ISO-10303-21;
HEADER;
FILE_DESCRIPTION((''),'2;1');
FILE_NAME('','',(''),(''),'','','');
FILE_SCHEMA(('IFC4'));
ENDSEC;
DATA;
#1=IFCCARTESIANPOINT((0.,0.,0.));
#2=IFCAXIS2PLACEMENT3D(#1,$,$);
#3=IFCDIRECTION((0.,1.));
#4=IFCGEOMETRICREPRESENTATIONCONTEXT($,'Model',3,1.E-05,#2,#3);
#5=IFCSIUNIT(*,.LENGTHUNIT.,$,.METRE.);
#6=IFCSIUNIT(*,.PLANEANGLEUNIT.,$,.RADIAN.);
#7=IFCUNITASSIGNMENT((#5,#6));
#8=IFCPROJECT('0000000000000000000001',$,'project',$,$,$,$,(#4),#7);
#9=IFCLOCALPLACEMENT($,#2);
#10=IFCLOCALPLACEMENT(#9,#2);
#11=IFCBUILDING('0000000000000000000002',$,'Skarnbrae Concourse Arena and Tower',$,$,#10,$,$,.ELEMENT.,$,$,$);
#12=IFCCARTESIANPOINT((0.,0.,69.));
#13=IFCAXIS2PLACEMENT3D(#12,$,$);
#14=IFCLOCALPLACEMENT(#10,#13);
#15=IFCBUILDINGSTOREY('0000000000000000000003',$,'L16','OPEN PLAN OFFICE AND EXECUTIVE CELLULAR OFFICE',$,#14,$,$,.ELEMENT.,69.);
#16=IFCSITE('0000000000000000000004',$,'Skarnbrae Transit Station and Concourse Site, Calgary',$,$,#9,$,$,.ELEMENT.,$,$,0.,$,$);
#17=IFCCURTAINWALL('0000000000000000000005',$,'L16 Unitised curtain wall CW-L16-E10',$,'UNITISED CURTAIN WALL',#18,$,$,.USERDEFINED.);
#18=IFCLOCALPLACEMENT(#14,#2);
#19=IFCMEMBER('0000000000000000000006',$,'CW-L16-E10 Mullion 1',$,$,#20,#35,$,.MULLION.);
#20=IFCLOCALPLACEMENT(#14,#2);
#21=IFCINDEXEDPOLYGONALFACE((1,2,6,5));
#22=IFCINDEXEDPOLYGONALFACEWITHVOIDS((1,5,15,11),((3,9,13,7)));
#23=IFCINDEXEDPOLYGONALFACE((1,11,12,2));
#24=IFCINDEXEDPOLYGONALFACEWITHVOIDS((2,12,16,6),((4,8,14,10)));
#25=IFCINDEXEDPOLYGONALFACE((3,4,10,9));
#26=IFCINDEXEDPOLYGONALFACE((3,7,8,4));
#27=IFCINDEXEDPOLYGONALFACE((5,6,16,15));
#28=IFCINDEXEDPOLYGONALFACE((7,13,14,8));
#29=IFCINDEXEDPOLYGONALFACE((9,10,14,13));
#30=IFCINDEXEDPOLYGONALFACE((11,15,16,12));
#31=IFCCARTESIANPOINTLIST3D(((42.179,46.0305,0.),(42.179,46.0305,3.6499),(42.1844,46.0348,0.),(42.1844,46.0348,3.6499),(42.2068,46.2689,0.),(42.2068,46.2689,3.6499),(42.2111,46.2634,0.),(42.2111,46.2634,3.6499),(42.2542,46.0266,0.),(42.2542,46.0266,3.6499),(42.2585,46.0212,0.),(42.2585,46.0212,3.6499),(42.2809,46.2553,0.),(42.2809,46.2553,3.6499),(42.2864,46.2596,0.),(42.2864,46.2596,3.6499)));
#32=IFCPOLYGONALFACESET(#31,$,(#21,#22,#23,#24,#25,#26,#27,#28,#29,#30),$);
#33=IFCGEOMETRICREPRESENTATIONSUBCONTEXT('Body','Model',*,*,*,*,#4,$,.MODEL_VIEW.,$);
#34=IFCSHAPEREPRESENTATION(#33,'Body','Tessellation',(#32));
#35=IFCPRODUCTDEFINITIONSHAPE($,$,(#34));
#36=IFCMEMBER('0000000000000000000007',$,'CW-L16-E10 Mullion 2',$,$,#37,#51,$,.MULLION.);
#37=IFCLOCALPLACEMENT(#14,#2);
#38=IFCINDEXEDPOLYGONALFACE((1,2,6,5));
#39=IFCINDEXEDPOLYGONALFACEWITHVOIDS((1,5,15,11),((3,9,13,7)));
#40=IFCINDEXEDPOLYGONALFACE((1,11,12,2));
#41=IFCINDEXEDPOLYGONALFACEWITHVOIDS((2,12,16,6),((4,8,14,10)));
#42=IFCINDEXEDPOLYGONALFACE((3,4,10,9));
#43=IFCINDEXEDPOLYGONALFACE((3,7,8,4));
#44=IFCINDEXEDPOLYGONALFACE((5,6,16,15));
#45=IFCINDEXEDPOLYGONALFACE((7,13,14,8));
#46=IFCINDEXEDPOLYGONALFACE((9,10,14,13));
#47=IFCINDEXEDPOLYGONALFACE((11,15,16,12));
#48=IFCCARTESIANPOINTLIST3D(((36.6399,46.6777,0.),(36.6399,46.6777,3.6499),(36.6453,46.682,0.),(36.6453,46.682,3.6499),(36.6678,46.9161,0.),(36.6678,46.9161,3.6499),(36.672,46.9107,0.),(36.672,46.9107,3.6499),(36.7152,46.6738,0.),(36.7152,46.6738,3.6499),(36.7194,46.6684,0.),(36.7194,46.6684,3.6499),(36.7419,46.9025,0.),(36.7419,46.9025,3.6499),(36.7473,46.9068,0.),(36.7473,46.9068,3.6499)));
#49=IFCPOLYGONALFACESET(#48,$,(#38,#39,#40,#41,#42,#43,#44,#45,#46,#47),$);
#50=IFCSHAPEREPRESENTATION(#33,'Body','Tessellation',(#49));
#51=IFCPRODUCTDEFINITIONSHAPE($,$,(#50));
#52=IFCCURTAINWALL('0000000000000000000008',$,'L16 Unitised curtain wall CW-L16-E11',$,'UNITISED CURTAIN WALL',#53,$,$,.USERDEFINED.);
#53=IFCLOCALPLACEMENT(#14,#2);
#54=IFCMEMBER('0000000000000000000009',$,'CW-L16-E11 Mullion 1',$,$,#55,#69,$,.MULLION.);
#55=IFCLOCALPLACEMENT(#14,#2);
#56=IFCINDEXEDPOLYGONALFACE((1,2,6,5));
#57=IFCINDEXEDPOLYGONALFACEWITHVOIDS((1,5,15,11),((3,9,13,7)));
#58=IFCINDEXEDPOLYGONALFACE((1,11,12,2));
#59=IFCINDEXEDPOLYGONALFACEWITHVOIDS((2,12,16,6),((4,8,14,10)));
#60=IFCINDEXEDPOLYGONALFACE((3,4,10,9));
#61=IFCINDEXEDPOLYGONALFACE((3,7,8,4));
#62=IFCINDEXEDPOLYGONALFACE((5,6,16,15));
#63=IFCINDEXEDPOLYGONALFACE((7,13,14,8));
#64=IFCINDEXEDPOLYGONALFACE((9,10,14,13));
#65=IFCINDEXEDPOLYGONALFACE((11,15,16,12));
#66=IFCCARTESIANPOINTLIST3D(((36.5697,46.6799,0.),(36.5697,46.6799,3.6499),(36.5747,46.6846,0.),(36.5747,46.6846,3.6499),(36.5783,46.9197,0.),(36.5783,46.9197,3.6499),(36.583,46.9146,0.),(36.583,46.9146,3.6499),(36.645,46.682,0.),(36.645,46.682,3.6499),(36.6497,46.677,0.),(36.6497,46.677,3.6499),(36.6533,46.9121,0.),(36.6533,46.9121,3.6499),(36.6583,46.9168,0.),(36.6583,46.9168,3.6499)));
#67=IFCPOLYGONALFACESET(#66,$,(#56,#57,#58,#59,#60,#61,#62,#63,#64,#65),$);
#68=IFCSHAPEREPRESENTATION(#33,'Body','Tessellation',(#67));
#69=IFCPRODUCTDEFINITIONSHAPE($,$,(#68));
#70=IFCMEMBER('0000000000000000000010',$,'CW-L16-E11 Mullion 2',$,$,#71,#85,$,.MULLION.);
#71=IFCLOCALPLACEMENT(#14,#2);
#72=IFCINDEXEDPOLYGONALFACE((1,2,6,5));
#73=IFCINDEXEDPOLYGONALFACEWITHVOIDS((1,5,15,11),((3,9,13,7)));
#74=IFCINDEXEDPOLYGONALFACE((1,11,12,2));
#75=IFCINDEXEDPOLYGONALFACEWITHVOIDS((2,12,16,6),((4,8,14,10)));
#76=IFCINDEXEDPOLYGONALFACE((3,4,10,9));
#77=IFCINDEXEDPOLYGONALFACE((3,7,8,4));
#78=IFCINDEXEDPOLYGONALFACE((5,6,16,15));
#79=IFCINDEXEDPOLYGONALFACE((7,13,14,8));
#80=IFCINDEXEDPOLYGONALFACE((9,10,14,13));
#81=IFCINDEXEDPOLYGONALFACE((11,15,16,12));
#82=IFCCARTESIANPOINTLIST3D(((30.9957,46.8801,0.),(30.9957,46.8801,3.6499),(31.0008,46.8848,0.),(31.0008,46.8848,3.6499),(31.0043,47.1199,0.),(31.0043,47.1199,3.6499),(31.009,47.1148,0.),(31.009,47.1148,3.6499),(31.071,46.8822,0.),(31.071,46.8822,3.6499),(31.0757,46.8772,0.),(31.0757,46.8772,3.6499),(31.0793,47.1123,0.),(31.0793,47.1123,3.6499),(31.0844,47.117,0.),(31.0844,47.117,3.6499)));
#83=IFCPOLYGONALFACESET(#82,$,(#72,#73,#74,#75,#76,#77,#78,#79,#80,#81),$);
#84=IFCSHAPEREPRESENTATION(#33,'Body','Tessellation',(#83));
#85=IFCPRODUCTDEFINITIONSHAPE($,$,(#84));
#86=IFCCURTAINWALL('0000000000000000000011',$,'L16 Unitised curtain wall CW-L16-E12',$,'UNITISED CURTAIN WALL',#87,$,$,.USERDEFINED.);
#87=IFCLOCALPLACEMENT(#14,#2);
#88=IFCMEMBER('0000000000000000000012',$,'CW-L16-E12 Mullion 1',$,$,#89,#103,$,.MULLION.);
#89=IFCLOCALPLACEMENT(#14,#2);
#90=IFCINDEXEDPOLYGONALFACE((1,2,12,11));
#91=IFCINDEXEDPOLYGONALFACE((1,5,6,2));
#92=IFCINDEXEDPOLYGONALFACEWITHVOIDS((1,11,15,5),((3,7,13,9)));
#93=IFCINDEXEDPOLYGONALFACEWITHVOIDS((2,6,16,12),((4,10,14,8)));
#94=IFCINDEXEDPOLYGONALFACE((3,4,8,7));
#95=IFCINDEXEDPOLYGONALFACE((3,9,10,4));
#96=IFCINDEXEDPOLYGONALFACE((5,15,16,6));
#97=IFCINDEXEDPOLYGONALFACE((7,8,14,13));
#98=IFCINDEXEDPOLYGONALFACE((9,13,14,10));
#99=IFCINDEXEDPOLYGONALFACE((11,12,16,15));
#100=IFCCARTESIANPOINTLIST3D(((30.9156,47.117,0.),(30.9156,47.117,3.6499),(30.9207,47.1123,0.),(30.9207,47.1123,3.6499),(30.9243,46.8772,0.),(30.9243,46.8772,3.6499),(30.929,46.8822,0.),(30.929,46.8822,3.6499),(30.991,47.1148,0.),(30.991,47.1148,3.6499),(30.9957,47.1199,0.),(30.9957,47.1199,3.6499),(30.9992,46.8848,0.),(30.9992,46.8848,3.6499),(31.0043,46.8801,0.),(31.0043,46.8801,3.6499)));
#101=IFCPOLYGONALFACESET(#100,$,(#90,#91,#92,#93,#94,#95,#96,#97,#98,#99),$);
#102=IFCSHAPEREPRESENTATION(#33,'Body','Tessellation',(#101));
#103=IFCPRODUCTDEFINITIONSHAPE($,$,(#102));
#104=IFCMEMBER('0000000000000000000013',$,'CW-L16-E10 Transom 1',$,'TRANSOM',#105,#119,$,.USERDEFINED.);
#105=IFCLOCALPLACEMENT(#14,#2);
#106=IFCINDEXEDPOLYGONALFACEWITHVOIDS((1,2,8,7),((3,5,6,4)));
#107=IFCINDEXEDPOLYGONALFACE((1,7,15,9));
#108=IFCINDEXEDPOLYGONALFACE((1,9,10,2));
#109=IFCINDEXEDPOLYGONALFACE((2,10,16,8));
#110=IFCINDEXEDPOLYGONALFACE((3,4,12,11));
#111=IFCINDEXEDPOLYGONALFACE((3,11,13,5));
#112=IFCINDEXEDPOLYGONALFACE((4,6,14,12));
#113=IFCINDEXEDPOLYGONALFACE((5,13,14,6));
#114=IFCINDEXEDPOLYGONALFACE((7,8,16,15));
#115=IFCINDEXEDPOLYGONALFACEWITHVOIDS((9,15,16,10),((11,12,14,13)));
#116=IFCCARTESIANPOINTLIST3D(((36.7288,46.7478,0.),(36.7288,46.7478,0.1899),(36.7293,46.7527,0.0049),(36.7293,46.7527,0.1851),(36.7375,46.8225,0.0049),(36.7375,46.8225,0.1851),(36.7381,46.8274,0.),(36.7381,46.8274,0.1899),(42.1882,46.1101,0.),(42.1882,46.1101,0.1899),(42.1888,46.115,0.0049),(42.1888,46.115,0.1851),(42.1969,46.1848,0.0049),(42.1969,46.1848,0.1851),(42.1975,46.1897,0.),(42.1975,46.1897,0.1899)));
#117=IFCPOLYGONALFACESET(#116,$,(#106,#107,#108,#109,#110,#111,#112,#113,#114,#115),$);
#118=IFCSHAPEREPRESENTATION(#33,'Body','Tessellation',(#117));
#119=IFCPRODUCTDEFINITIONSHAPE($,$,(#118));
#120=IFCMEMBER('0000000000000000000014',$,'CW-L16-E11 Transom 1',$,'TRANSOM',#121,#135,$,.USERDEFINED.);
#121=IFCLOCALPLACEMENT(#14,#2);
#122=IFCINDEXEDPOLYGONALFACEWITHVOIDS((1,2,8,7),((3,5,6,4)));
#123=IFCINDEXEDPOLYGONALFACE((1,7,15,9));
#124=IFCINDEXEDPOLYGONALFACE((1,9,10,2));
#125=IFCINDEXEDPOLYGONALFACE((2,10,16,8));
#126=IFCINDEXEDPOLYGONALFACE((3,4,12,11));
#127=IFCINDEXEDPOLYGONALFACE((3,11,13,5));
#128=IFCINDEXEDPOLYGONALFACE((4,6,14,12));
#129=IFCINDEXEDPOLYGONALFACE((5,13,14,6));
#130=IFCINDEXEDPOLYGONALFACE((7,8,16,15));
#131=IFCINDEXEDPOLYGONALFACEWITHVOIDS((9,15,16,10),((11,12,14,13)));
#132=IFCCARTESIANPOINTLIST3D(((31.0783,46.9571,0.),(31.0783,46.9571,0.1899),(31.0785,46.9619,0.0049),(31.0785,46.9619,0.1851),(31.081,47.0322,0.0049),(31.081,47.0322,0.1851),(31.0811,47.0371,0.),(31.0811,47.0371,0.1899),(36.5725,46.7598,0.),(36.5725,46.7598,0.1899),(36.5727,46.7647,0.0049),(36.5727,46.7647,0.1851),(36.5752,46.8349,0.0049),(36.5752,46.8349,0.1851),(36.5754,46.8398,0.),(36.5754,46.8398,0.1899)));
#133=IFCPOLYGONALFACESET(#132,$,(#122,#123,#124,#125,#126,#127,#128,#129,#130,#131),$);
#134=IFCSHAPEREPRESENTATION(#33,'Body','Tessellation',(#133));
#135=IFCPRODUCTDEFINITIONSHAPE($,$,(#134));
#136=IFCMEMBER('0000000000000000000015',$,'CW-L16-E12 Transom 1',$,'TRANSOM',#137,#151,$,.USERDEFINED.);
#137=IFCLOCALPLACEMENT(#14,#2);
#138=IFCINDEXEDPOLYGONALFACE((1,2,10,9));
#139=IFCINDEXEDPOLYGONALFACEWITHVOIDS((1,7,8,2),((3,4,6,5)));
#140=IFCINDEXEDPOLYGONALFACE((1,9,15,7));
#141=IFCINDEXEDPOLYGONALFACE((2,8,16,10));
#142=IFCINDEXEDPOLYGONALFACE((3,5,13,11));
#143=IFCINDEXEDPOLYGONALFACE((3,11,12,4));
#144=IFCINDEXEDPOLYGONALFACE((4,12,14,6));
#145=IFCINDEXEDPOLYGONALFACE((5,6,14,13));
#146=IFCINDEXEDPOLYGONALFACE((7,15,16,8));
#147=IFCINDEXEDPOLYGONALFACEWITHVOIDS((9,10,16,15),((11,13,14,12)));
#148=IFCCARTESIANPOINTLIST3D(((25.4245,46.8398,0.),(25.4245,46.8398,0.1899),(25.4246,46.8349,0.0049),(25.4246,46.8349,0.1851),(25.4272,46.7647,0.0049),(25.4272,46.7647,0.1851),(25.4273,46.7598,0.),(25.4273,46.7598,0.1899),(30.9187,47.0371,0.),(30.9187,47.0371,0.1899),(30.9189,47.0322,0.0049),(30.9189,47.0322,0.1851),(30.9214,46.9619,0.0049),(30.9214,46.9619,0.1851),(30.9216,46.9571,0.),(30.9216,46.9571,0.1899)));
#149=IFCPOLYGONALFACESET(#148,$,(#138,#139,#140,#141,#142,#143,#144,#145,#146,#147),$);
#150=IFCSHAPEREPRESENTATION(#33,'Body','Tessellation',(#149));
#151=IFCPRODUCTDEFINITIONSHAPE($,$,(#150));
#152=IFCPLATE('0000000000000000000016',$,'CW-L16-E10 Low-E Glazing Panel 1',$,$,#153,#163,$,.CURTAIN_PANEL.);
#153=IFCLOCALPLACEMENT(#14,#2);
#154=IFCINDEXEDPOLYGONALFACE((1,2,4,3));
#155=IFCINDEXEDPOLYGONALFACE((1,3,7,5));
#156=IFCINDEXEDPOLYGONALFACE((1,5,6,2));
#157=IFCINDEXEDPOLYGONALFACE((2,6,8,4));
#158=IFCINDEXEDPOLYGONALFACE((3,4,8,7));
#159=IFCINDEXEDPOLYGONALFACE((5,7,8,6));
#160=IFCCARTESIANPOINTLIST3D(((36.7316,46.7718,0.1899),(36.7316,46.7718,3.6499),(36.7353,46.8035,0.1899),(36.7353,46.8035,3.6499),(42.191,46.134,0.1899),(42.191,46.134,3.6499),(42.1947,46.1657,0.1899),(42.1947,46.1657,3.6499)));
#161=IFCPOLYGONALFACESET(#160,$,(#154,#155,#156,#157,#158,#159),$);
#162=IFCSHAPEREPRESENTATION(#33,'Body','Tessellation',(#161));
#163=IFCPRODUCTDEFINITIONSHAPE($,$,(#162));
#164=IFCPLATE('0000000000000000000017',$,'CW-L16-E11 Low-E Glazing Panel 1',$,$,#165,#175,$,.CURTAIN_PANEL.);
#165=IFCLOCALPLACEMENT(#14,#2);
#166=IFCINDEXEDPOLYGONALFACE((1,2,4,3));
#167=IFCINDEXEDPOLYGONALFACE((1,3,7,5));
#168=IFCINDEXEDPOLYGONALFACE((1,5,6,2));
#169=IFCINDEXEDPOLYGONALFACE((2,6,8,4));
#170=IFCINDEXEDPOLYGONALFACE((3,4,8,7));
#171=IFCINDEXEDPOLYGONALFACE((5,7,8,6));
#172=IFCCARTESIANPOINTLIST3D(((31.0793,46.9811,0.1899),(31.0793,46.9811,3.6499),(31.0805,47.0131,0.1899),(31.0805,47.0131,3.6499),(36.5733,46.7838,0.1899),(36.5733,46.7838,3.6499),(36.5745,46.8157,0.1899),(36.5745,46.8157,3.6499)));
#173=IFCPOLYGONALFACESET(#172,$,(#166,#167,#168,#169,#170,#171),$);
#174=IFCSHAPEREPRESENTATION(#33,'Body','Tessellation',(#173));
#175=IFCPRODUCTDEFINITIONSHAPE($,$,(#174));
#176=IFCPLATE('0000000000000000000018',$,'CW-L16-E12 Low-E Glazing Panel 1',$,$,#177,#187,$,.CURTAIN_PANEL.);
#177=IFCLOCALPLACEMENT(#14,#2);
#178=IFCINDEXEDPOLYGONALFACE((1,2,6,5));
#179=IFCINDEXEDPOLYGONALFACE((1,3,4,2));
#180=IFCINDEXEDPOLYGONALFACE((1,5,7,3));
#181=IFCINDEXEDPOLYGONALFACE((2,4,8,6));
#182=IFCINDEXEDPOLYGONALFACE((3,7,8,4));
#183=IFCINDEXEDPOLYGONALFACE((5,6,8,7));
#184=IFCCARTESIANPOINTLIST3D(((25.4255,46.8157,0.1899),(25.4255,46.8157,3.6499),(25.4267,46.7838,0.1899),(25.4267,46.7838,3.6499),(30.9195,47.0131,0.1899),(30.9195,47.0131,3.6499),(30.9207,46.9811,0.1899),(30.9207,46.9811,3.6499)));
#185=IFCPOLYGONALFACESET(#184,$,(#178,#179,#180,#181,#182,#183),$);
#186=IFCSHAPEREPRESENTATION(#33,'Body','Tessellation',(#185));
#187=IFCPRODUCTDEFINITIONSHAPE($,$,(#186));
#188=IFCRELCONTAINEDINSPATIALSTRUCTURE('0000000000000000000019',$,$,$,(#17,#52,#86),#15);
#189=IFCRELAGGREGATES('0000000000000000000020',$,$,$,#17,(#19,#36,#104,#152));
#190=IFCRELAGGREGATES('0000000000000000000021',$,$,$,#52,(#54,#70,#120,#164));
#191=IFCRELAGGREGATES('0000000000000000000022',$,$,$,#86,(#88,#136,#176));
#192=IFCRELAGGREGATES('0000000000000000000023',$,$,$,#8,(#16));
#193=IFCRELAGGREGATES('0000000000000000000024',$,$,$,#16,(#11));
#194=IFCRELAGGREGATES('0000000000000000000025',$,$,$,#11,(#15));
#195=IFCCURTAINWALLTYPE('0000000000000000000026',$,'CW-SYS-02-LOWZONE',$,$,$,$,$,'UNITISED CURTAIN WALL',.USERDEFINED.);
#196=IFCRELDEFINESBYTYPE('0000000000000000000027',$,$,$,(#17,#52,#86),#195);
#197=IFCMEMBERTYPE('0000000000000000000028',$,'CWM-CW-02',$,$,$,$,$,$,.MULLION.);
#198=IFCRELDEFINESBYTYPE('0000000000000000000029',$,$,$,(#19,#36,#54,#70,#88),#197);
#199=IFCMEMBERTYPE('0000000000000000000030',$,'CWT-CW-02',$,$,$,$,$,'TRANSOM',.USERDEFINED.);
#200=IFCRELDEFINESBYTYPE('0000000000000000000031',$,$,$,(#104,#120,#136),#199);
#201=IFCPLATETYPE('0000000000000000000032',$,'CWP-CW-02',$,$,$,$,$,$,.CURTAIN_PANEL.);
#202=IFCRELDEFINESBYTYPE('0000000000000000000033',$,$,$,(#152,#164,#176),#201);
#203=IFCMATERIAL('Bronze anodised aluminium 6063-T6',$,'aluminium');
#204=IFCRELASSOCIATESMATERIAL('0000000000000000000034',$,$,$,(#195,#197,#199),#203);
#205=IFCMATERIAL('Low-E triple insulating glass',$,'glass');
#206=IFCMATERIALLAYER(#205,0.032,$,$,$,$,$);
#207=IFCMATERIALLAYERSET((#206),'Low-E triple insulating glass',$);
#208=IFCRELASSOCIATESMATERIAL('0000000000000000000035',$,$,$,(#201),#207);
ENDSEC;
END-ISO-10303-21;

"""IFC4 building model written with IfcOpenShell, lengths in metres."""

from ifc_helpers import new_model, si_unit, direction, frame, origin, origin_2d, place, context, subcontext, project, spatial, rectangle, hollow_rectangle, extrude, source, transform, mapped, material, layer, layer_set, material_profile, profile_set, type_object, element, aggregate, save


model = new_model("IFC4")

# Units and contexts
model_context = context("Model", 3, precision=1e-05, world=origin(), true_north=direction((0.0, 1.0)))
body_context = subcontext(model_context, "Body", "Model", "MODEL_VIEW")
ifc_project = project(units=[si_unit("LENGTHUNIT", "METRE"), si_unit("PLANEANGLEUNIT", "RADIAN")], contexts=[model_context])

# Site, building, storey
site_placement = place(None, origin())
site = spatial("IfcSite", under=ifc_project, at=site_placement, Name="Skarnbrae Transit Station and Concourse Site, Calgary", CompositionType="ELEMENT", RefElevation=0.0)
building_placement = place(site_placement, origin())
building = spatial("IfcBuilding", under=site, at=building_placement, Name="Skarnbrae Concourse Arena and Tower", CompositionType="ELEMENT")
storey_placement = place(building_placement, frame((0.0, 0.0, 69.0)))
storey = spatial("IfcBuildingStorey", under=building, at=storey_placement, Name="L16", Description="OPEN PLAN OFFICE AND EXECUTIVE CELLULAR OFFICE", CompositionType="ELEMENT", Elevation=69.0)

# Shared definitions
ifc_material_1 = material(Name="Bronze anodised aluminium 6063-T6", Category="aluminium")
curtain_wall_type = type_object("IfcCurtainWallType", Name="CW-SYS-02-LOWZONE", ElementType="UNITISED CURTAIN WALL", PredefinedType="USERDEFINED", material=ifc_material_1)
ifc_material_profile_1 = material_profile(ifc_material_1, hollow_rectangle(XDim=0.0801, YDim=0.24, WallThickness=0.0049, at=origin_2d()), Name="ALU-MULL-80X240")
ifc_profile_set_1 = profile_set([ifc_material_profile_1], Name="Bronze anodised aluminium 6063-T6")
member_type_1 = type_object("IfcMemberType", Name="CWM-CW-02", PredefinedType="MULLION", material=ifc_profile_set_1)
shared_shape_1 = source(origin(), body_context, "Body", "SweptSolid", [
    extrude(hollow_rectangle(XDim=0.0801, YDim=0.24, WallThickness=0.0049, at=origin_2d()), origin(), (0.0, 0.0, 1.0), 3.6499),
])

# Curtain walls, members
curtain_wall_1_placement = place(storey_placement, origin())
curtain_wall_1 = element("IfcCurtainWall", 1, at=curtain_wall_1_placement, inside=storey, type_object=curtain_wall_type, Name="L16 Unitised curtain wall CW-L16-E10", ObjectType="UNITISED CURTAIN WALL", PredefinedType="USERDEFINED")
member_1_placement = place(storey_placement, frame((42.2327, 46.145, 0.0), z_axis=(0.0, 0.0, 1.0), x_axis=(-0.993245, 0.11604, 0.0)))
member_1 = element("IfcMember", 2, at=member_1_placement, type_object=member_type_1, Name="CW-L16-E10 Mullion 1", PredefinedType="MULLION", context=body_context, shape_type="MappedRepresentation", body=[
    mapped(shared_shape_1, transform((0.0, 0.0, 0.0))),
])
member_2_placement = place(storey_placement, frame((36.6936, 46.7922, 0.0), z_axis=(0.0, 0.0, 1.0), x_axis=(-0.993245, 0.11604, 0.0)))
member_2 = element("IfcMember", 3, at=member_2_placement, type_object=member_type_1, Name="CW-L16-E10 Mullion 2", PredefinedType="MULLION", context=body_context, shape_type="MappedRepresentation", body=[
    mapped(shared_shape_1, transform((0.0, 0.0, 0.0))),
])
curtain_wall_2_placement = place(storey_placement, origin())
curtain_wall_2 = element("IfcCurtainWall", 4, at=curtain_wall_2_placement, inside=storey, type_object=curtain_wall_type, Name="L16 Unitised curtain wall CW-L16-E11", ObjectType="UNITISED CURTAIN WALL", PredefinedType="USERDEFINED")
member_3_placement = place(storey_placement, frame((36.614, 46.7983, 0.0), z_axis=(0.0, 0.0, 1.0), x_axis=(-0.999355, 0.035899, 0.0)))
member_3 = element("IfcMember", 5, at=member_3_placement, type_object=member_type_1, Name="CW-L16-E11 Mullion 1", PredefinedType="MULLION", context=body_context, shape_type="MappedRepresentation", body=[
    mapped(shared_shape_1, transform((0.0, 0.0, 0.0))),
])
member_4_placement = place(storey_placement, frame((31.04, 46.9985, 0.0), z_axis=(0.0, 0.0, 1.0), x_axis=(-0.999355, 0.035899, 0.0)))
member_4 = element("IfcMember", 6, at=member_4_placement, type_object=member_type_1, Name="CW-L16-E11 Mullion 2", PredefinedType="MULLION", context=body_context, shape_type="MappedRepresentation", body=[
    mapped(shared_shape_1, transform((0.0, 0.0, 0.0))),
])

# Curtain wall, member
curtain_wall_3_placement = place(storey_placement, origin())
curtain_wall_3 = element("IfcCurtainWall", 7, at=curtain_wall_3_placement, inside=storey, type_object=curtain_wall_type, Name="L16 Unitised curtain wall CW-L16-E12", ObjectType="UNITISED CURTAIN WALL", PredefinedType="USERDEFINED")
member_5_placement = place(storey_placement, frame((30.96, 46.9985, 0.0), z_axis=(0.0, 0.0, 1.0), x_axis=(-0.999355, -0.035899, 0.0)))
member_5 = element("IfcMember", 8, at=member_5_placement, type_object=member_type_1, Name="CW-L16-E12 Mullion 1", PredefinedType="MULLION", context=body_context, shape_type="MappedRepresentation", body=[
    mapped(shared_shape_1, transform((0.0, 0.0, 0.0))),
])

# Members
ifc_material_profile_2 = material_profile(ifc_material_1, hollow_rectangle(XDim=0.0801, YDim=0.1899, WallThickness=0.0049, at=origin_2d()), Name="ALU-TRAN-80X190")
ifc_profile_set_2 = profile_set([ifc_material_profile_2], Name="Bronze anodised aluminium 6063-T6")
member_type_2 = type_object("IfcMemberType", Name="CWT-CW-02", ElementType="TRANSOM", PredefinedType="USERDEFINED", material=ifc_profile_set_2)
shared_shape_2 = source(origin(), body_context, "Body", "SweptSolid", [
    extrude(hollow_rectangle(XDim=0.0801, YDim=0.1899, WallThickness=0.0049, at=origin_2d()), origin(), (0.0, 0.0, 1.0), 5.4966),
])
member_6_placement = place(storey_placement, frame((42.1929, 46.1499, 0.095), z_axis=(-0.993247, 0.116017, 0.0), x_axis=(-0.116017, -0.993247, 0.0)))
member_6 = element("IfcMember", 9, at=member_6_placement, type_object=member_type_2, Name="CW-L16-E10 Transom 1", ObjectType="TRANSOM", PredefinedType="USERDEFINED", context=body_context, shape_type="MappedRepresentation", body=[
    mapped(shared_shape_2, transform((0.0, 0.0, 0.0))),
])
shared_shape_3 = source(origin(), body_context, "Body", "SweptSolid", [
    extrude(hollow_rectangle(XDim=0.0801, YDim=0.1899, WallThickness=0.0049, at=origin_2d()), origin(), (0.0, 0.0, 1.0), 5.4978),
])
member_7_placement = place(storey_placement, frame((36.574, 46.7998, 0.095), z_axis=(-0.999356, 0.035882, 0.0), x_axis=(-0.035882, -0.999356, 0.0)))
member_7 = element("IfcMember", 10, at=member_7_placement, type_object=member_type_2, Name="CW-L16-E11 Transom 1", ObjectType="TRANSOM", PredefinedType="USERDEFINED", context=body_context, shape_type="MappedRepresentation", body=[
    mapped(shared_shape_3, transform((0.0, 0.0, 0.0))),
])
member_8_placement = place(storey_placement, frame((30.9202, 46.9971, 0.095), z_axis=(-0.999356, -0.035882, 0.0), x_axis=(0.035882, -0.999356, 0.0)))
member_8 = element("IfcMember", 11, at=member_8_placement, type_object=member_type_2, Name="CW-L16-E12 Transom 1", ObjectType="TRANSOM", PredefinedType="USERDEFINED", context=body_context, shape_type="MappedRepresentation", body=[
    mapped(shared_shape_3, transform((0.0, 0.0, 0.0))),
])

# Plates
ifc_material_2 = material(Name="Low-E triple insulating glass", Category="glass")
ifc_layer_1 = layer(ifc_material_2, 0.032)
ifc_layer_set_1 = layer_set([ifc_layer_1], Name="Low-E triple insulating glass")
plate_type = type_object("IfcPlateType", Name="CWP-CW-02", PredefinedType="CURTAIN_PANEL", material=ifc_layer_set_1)
shared_shape_4 = source(origin(), body_context, "Body", "SweptSolid", [
    extrude(rectangle(XDim=5.4966, YDim=0.032, at=origin_2d()), origin(), (0.0, 0.0, 1.0), 3.46),
])
plate_1_placement = place(storey_placement, frame((39.4631, 46.4688, 0.1899), z_axis=(0.0, 0.0, 1.0), x_axis=(-0.993245, 0.11604, 0.0)))
plate_1 = element("IfcPlate", 12, at=plate_1_placement, type_object=plate_type, Name="CW-L16-E10 Low-E Glazing Panel 1", PredefinedType="CURTAIN_PANEL", context=body_context, shape_type="MappedRepresentation", body=[
    mapped(shared_shape_4, transform((0.0, 0.0, 0.0))),
])
aggregate(curtain_wall_1, [member_1, member_2, member_6, plate_1])
shared_shape_5 = source(origin(), body_context, "Body", "SweptSolid", [
    extrude(rectangle(XDim=5.4976, YDim=0.032, at=origin_2d()), origin(), (0.0, 0.0, 1.0), 3.46),
])
plate_2_placement = place(storey_placement, frame((33.8269, 46.8984, 0.1899), z_axis=(0.0, 0.0, 1.0), x_axis=(-0.999355, 0.035899, 0.0)))
plate_2 = element("IfcPlate", 13, at=plate_2_placement, type_object=plate_type, Name="CW-L16-E11 Low-E Glazing Panel 1", PredefinedType="CURTAIN_PANEL", context=body_context, shape_type="MappedRepresentation", body=[
    mapped(shared_shape_5, transform((0.0, 0.0, 0.0))),
])
aggregate(curtain_wall_2, [member_3, member_4, member_7, plate_2])
plate_3_placement = place(storey_placement, frame((28.1731, 46.8984, 0.1899), z_axis=(0.0, 0.0, 1.0), x_axis=(-0.999355, -0.035899, 0.0)))
plate_3 = element("IfcPlate", 14, at=plate_3_placement, type_object=plate_type, Name="CW-L16-E12 Low-E Glazing Panel 1", PredefinedType="CURTAIN_PANEL", context=body_context, shape_type="MappedRepresentation", body=[
    mapped(shared_shape_5, transform((0.0, 0.0, 0.0))),
])
aggregate(curtain_wall_3, [member_5, member_8, plate_3])

save(model, "model.ifc")
